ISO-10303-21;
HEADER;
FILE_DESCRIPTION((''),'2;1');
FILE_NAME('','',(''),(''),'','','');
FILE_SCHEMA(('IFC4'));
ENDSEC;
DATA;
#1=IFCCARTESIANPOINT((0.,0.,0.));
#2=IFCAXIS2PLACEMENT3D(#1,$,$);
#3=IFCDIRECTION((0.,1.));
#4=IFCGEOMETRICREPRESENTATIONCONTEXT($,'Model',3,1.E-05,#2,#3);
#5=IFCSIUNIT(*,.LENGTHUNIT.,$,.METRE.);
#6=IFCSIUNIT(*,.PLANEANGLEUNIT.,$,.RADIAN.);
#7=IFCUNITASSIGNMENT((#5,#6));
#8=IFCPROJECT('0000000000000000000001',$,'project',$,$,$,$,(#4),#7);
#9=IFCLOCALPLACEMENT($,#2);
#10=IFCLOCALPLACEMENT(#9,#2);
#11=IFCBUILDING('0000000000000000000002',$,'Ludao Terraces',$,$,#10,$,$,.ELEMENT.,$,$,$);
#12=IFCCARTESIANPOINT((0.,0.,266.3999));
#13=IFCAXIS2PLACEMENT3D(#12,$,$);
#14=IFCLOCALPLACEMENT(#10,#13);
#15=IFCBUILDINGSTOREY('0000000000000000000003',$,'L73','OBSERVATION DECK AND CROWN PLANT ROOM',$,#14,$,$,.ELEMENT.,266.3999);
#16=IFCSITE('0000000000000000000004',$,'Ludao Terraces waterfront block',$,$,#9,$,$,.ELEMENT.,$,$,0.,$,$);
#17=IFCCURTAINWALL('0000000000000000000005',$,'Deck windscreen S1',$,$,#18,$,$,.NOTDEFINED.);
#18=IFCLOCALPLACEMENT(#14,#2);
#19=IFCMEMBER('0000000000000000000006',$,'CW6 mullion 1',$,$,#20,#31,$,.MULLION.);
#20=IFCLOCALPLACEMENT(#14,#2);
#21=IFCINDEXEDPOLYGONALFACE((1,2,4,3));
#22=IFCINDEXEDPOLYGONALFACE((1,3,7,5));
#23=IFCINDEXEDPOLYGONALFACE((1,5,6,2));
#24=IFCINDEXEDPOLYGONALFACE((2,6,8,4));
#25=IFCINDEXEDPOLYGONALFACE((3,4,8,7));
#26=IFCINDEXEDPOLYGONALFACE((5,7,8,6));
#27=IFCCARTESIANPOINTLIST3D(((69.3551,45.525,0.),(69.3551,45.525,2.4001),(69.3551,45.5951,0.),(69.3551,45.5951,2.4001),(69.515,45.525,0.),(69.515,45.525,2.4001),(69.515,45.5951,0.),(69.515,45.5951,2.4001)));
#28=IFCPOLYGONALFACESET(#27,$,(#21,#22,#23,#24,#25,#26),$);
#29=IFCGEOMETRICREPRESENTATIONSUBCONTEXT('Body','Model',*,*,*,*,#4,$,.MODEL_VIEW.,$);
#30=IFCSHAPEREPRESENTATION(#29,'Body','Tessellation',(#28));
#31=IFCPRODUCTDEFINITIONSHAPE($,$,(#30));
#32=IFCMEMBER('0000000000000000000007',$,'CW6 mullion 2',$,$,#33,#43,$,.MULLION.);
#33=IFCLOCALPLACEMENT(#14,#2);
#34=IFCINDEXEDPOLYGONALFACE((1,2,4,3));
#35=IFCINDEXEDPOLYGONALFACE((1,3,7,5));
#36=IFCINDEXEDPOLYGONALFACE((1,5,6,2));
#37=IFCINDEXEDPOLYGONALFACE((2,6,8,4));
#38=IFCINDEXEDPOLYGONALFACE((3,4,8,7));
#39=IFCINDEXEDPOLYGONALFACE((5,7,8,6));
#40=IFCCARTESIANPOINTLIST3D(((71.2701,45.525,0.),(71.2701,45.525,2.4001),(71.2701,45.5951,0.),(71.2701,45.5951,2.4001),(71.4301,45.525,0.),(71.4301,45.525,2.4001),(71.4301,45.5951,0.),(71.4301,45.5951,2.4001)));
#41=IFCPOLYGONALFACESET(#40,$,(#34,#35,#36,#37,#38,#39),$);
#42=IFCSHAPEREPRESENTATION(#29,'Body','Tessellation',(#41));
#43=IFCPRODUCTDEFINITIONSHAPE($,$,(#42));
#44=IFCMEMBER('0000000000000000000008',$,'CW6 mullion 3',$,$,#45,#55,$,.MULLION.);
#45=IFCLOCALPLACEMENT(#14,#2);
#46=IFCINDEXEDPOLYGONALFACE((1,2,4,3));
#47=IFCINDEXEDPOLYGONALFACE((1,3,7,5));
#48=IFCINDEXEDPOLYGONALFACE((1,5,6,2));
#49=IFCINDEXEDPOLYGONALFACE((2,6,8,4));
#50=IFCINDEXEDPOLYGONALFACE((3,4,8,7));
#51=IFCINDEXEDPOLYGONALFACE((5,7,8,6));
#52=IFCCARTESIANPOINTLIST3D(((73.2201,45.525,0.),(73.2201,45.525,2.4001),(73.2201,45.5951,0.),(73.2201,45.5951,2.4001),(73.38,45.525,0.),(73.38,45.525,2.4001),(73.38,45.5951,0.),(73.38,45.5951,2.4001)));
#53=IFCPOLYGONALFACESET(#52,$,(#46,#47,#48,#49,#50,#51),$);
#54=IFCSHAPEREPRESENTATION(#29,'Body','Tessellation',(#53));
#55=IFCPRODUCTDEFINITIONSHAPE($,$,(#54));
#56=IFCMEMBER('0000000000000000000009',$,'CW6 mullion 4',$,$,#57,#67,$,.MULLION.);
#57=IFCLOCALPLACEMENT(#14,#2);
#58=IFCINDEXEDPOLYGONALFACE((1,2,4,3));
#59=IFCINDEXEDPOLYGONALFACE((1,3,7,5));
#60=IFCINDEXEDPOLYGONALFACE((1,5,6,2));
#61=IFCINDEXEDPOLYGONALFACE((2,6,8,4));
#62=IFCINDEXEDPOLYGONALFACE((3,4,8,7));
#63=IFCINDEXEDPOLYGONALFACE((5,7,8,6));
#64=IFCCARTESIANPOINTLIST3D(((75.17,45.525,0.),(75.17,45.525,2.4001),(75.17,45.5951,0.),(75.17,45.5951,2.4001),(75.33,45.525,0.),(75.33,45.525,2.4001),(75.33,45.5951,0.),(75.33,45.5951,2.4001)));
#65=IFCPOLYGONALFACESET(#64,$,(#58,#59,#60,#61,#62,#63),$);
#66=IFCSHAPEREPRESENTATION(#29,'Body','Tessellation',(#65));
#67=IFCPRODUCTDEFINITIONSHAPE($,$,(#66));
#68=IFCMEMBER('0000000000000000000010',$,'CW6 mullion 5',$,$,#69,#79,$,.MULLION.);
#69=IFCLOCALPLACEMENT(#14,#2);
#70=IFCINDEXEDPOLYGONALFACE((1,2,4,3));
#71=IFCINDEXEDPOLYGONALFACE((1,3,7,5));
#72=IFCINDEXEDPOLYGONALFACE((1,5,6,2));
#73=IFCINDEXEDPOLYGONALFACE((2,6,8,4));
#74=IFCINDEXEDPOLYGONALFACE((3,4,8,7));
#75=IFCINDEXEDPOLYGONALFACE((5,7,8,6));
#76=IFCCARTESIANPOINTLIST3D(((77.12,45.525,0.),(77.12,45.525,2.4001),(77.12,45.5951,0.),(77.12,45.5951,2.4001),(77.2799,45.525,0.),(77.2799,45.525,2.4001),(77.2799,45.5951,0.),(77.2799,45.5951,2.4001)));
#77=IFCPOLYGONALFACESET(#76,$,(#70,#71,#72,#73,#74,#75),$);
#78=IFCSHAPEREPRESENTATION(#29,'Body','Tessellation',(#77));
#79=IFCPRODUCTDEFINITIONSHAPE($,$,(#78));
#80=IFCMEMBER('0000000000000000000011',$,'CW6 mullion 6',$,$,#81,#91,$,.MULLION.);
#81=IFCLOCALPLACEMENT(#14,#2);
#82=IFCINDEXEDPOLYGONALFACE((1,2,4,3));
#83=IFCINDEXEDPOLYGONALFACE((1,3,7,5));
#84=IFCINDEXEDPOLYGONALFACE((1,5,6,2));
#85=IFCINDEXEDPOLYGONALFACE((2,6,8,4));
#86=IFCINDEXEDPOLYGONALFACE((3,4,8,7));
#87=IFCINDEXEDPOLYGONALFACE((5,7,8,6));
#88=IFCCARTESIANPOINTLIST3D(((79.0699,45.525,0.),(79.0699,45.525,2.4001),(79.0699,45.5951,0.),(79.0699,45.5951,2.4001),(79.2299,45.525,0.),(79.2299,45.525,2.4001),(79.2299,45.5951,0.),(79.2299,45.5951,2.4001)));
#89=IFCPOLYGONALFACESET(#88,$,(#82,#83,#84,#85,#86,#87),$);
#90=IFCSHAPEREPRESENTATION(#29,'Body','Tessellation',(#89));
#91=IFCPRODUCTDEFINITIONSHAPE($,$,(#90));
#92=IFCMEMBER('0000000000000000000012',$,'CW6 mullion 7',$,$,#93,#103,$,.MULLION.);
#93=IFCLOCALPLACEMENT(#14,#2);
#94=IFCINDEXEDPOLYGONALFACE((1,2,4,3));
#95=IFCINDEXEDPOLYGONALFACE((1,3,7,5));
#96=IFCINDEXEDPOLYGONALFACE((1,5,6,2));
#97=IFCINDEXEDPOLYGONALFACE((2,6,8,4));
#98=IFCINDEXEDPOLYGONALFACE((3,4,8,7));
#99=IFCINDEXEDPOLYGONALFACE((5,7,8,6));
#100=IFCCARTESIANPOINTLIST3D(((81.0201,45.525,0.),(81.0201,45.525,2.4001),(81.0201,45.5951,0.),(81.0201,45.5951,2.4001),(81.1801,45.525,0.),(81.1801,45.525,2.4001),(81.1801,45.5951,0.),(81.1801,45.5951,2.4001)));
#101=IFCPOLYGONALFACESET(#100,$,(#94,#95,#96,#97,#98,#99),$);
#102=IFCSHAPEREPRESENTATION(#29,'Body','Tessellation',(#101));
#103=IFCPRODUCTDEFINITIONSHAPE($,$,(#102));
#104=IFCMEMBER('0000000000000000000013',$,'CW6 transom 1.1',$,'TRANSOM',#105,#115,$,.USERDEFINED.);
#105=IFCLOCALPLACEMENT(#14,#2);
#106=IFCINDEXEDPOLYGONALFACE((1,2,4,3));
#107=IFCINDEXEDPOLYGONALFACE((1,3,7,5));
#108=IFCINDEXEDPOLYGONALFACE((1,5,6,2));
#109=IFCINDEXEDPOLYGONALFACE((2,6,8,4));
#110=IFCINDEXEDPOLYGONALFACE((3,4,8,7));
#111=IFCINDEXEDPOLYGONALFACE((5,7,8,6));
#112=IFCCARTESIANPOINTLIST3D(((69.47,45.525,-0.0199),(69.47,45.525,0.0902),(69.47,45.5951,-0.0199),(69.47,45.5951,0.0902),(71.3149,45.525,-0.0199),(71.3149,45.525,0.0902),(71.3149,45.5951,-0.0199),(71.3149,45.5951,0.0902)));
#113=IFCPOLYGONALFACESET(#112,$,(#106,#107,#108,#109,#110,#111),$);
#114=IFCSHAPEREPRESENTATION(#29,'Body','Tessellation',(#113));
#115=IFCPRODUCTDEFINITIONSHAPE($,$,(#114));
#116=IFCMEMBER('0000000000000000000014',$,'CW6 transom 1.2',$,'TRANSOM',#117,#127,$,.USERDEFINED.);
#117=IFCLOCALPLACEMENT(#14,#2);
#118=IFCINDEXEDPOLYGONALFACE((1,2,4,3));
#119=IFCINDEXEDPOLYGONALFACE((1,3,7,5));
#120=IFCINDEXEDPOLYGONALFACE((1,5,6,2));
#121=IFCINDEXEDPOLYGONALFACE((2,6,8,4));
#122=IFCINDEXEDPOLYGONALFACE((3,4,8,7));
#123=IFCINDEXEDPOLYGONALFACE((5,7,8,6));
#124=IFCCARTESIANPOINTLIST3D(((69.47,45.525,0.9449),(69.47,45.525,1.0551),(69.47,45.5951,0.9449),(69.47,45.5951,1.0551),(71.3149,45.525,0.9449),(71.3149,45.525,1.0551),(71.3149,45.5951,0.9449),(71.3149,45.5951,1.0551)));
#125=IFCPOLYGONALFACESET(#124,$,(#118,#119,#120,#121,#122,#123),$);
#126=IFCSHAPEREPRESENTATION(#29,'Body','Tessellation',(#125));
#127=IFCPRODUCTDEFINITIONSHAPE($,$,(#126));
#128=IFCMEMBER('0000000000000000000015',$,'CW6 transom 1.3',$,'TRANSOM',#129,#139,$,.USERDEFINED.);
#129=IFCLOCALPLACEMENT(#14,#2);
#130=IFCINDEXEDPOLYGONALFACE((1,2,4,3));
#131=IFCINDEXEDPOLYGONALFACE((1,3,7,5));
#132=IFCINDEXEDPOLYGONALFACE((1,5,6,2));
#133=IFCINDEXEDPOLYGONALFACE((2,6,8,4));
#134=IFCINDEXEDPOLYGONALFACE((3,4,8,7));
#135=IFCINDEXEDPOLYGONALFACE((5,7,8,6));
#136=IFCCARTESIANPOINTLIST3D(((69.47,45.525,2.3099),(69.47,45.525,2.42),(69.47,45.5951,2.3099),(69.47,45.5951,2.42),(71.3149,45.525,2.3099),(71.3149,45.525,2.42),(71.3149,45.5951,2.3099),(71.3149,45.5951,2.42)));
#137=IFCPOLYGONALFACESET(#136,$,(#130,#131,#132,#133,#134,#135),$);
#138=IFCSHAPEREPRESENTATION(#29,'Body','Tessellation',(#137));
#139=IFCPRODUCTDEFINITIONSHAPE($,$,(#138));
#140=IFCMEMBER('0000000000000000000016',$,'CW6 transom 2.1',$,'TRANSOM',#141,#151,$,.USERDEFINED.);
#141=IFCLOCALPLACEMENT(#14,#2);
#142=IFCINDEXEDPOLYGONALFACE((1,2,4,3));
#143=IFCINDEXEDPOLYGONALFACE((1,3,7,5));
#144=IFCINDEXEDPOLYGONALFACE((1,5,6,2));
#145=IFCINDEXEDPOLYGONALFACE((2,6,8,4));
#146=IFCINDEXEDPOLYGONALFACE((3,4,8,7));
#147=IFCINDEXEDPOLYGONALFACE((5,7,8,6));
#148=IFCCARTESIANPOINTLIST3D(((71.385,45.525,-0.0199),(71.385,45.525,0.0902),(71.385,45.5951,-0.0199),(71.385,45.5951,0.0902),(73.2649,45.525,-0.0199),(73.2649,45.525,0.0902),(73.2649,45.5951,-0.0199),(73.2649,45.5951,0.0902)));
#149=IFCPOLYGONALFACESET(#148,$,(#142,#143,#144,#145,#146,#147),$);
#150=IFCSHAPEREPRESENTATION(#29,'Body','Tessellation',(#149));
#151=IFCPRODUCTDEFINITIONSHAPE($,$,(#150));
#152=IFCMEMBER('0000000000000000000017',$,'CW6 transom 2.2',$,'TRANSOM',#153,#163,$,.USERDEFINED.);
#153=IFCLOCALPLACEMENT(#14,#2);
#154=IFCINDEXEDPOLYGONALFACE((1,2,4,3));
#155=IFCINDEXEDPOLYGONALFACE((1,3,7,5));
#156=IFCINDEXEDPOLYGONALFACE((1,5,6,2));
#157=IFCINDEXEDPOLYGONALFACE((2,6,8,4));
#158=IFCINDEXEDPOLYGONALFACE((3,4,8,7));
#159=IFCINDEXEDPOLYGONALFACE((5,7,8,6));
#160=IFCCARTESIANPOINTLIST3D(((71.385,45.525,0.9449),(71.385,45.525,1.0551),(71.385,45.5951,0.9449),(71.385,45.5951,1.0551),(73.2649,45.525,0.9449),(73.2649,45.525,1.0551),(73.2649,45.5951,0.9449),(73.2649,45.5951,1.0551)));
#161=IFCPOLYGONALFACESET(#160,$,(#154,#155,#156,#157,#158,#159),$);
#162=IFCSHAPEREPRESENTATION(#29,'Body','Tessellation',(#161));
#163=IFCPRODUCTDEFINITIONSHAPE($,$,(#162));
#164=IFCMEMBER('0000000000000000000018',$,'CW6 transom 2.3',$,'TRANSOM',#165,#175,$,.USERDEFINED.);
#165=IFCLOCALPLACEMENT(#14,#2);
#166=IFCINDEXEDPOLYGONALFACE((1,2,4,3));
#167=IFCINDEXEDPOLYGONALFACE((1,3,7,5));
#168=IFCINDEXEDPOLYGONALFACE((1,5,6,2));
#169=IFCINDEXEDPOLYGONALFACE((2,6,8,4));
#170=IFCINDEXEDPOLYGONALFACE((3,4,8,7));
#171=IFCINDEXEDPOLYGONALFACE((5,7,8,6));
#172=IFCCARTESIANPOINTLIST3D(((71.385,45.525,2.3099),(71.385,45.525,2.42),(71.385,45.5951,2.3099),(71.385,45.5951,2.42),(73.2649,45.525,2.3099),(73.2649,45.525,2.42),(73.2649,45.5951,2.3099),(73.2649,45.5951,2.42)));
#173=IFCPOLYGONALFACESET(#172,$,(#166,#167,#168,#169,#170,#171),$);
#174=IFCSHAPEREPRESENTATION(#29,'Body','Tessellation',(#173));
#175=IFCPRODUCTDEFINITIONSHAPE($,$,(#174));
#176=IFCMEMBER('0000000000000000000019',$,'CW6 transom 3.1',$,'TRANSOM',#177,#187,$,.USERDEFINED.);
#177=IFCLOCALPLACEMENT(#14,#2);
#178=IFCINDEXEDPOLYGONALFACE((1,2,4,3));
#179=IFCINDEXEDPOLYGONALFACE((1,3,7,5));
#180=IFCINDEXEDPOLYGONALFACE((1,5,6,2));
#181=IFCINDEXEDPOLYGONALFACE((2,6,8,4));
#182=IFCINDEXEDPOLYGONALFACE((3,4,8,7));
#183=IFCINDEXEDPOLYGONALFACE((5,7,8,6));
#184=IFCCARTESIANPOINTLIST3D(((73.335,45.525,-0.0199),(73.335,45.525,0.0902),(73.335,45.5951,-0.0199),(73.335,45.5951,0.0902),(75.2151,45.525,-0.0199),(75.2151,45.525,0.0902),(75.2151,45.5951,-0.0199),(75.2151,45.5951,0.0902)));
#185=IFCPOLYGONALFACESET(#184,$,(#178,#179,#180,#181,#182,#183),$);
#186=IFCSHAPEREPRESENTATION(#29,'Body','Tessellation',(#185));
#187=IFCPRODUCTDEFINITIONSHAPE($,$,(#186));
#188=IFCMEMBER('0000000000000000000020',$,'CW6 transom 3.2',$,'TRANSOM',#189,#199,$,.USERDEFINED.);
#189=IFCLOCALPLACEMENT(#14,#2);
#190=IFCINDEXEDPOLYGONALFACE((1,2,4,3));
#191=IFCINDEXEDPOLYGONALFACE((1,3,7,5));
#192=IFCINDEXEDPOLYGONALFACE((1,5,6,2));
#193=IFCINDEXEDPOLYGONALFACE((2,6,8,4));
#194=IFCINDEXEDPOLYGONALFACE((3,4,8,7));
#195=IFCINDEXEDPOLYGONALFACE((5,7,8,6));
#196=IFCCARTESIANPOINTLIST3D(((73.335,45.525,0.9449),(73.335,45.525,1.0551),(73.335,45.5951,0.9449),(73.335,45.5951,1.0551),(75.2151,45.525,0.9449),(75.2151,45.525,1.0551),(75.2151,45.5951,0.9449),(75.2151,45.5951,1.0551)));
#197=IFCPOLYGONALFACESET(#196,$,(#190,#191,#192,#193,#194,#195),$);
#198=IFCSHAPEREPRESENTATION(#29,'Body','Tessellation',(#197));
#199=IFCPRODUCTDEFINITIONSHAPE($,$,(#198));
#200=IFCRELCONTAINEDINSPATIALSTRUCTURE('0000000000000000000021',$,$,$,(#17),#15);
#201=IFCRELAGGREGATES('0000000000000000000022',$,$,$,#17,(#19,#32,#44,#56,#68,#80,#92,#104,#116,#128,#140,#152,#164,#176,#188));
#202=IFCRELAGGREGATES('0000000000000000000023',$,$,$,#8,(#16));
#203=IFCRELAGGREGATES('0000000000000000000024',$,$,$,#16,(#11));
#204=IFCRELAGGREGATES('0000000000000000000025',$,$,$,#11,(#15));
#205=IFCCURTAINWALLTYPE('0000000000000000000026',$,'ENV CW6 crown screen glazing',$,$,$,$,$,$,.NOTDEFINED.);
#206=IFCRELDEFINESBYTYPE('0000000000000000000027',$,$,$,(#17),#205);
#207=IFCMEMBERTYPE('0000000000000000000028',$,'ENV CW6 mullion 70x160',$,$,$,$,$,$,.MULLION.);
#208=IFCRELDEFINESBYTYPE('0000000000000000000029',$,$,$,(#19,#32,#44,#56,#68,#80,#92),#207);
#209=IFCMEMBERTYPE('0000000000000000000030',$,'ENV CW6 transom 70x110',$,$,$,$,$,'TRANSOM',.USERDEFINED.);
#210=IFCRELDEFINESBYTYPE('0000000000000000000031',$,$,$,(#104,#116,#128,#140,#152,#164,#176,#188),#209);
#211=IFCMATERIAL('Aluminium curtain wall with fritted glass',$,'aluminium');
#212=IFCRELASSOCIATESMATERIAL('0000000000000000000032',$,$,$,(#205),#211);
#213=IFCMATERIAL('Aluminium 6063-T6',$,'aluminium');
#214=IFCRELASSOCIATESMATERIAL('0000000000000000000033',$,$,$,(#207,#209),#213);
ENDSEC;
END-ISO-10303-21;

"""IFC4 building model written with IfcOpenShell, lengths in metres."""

from ifc_helpers import new_model, si_unit, direction, frame, origin, origin_2d, place, context, subcontext, project, spatial, rectangle, extrude, material, material_profile, profile_set, type_object, element, aggregate, save


model = new_model("IFC4")

# Units and contexts
model_context = context("Model", 3, precision=1e-05, world=origin(), true_north=direction((0.0, 1.0)))
body_context = subcontext(model_context, "Body", "Model", "MODEL_VIEW")
ifc_project = project(units=[si_unit("LENGTHUNIT", "METRE"), si_unit("PLANEANGLEUNIT", "RADIAN")], contexts=[model_context])

# Site, building, storey
site_placement = place(None, origin())
site = spatial("IfcSite", under=ifc_project, at=site_placement, Name="Ludao Terraces waterfront block", CompositionType="ELEMENT", RefElevation=0.0)
building_placement = place(site_placement, origin())
building = spatial("IfcBuilding", under=site, at=building_placement, Name="Ludao Terraces", CompositionType="ELEMENT")
storey_placement = place(building_placement, frame((0.0, 0.0, 266.3999)))
storey = spatial("IfcBuildingStorey", under=building, at=storey_placement, Name="L73", Description="OBSERVATION DECK AND CROWN PLANT ROOM", CompositionType="ELEMENT", Elevation=266.3999)

# Curtain wall, members
ifc_material_1 = material(Name="Aluminium curtain wall with fritted glass", Category="aluminium")
curtain_wall_type = type_object("IfcCurtainWallType", Name="ENV CW6 crown screen glazing", PredefinedType="NOTDEFINED", material=ifc_material_1)
curtain_wall_placement = place(storey_placement, origin())
curtain_wall = element("IfcCurtainWall", 1, at=curtain_wall_placement, inside=storey, type_object=curtain_wall_type, Name="Deck windscreen S1", PredefinedType="NOTDEFINED")
ifc_material_2 = material(Name="Aluminium 6063-T6", Category="aluminium")
ifc_material_profile_1 = material_profile(ifc_material_2, rectangle(XDim=0.0701, YDim=0.1599, at=origin_2d()), Name="70 X 160")
ifc_profile_set_1 = profile_set([ifc_material_profile_1], Name="Aluminium 6063-T6")
member_type_1 = type_object("IfcMemberType", Name="ENV CW6 mullion 70x160", PredefinedType="MULLION", material=ifc_profile_set_1)
member_1_placement = place(storey_placement, frame((69.4351, 45.5601, 0.0), z_axis=(0.0, 0.0, 1.0), x_axis=(0.0, 1.0, 0.0)))
member_1 = element("IfcMember", 2, at=member_1_placement, type_object=member_type_1, Name="CW6 mullion 1", PredefinedType="MULLION", context=body_context, shape_type="SweptSolid", body=[
    extrude(rectangle(XDim=0.0701, YDim=0.1599, at=origin_2d()), origin(), (0.0, 0.0, 1.0), 2.4001),
])
member_2_placement = place(storey_placement, frame((71.3501, 45.5601, 0.0), z_axis=(0.0, 0.0, 1.0), x_axis=(0.0, 1.0, 0.0)))
member_2 = element("IfcMember", 3, at=member_2_placement, type_object=member_type_1, Name="CW6 mullion 2", PredefinedType="MULLION", context=body_context, shape_type="SweptSolid", body=[
    extrude(rectangle(XDim=0.0701, YDim=0.1599, at=origin_2d()), origin(), (0.0, 0.0, 1.0), 2.4001),
])
member_3_placement = place(storey_placement, frame((73.3, 45.5601, 0.0), z_axis=(0.0, 0.0, 1.0), x_axis=(0.0, 1.0, 0.0)))
member_3 = element("IfcMember", 4, at=member_3_placement, type_object=member_type_1, Name="CW6 mullion 3", PredefinedType="MULLION", context=body_context, shape_type="SweptSolid", body=[
    extrude(rectangle(XDim=0.0701, YDim=0.1599, at=origin_2d()), origin(), (0.0, 0.0, 1.0), 2.4001),
])
member_4_placement = place(storey_placement, frame((75.25, 45.5601, 0.0), z_axis=(0.0, 0.0, 1.0), x_axis=(0.0, 1.0, 0.0)))
member_4 = element("IfcMember", 5, at=member_4_placement, type_object=member_type_1, Name="CW6 mullion 4", PredefinedType="MULLION", context=body_context, shape_type="SweptSolid", body=[
    extrude(rectangle(XDim=0.0701, YDim=0.1599, at=origin_2d()), origin(), (0.0, 0.0, 1.0), 2.4001),
])
member_5_placement = place(storey_placement, frame((77.2, 45.5601, 0.0), z_axis=(0.0, 0.0, 1.0), x_axis=(0.0, 1.0, 0.0)))
member_5 = element("IfcMember", 6, at=member_5_placement, type_object=member_type_1, Name="CW6 mullion 5", PredefinedType="MULLION", context=body_context, shape_type="SweptSolid", body=[
    extrude(rectangle(XDim=0.0701, YDim=0.1599, at=origin_2d()), origin(), (0.0, 0.0, 1.0), 2.4001),
])
member_6_placement = place(storey_placement, frame((79.1499, 45.5601, 0.0), z_axis=(0.0, 0.0, 1.0), x_axis=(0.0, 1.0, 0.0)))
member_6 = element("IfcMember", 7, at=member_6_placement, type_object=member_type_1, Name="CW6 mullion 6", PredefinedType="MULLION", context=body_context, shape_type="SweptSolid", body=[
    extrude(rectangle(XDim=0.0701, YDim=0.1599, at=origin_2d()), origin(), (0.0, 0.0, 1.0), 2.4001),
])
member_7_placement = place(storey_placement, frame((81.1001, 45.5601, 0.0), z_axis=(0.0, 0.0, 1.0), x_axis=(0.0, 1.0, 0.0)))
member_7 = element("IfcMember", 8, at=member_7_placement, type_object=member_type_1, Name="CW6 mullion 7", PredefinedType="MULLION", context=body_context, shape_type="SweptSolid", body=[
    extrude(rectangle(XDim=0.0701, YDim=0.1599, at=origin_2d()), origin(), (0.0, 0.0, 1.0), 2.4001),
])
ifc_material_profile_2 = material_profile(ifc_material_2, rectangle(XDim=0.0701, YDim=0.1101, at=origin_2d()), Name="70 X 110")
ifc_profile_set_2 = profile_set([ifc_material_profile_2], Name="Aluminium 6063-T6")
member_type_2 = type_object("IfcMemberType", Name="ENV CW6 transom 70x110", ElementType="TRANSOM", PredefinedType="USERDEFINED", material=ifc_profile_set_2)
member_8_placement = place(storey_placement, frame((69.47, 45.5601, 0.0352), z_axis=(1.0, 0.0, 0.0), x_axis=(0.0, 1.0, 0.0)))
member_8 = element("IfcMember", 9, at=member_8_placement, type_object=member_type_2, Name="CW6 transom 1.1", ObjectType="TRANSOM", PredefinedType="USERDEFINED", context=body_context, shape_type="SweptSolid", body=[
    extrude(rectangle(XDim=0.0701, YDim=0.1101, at=origin_2d()), origin(), (0.0, 0.0, 1.0), 1.845),
])
member_9_placement = place(storey_placement, frame((69.47, 45.5601, 1.0), z_axis=(1.0, 0.0, 0.0), x_axis=(0.0, 1.0, 0.0)))
member_9 = element("IfcMember", 10, at=member_9_placement, type_object=member_type_2, Name="CW6 transom 1.2", ObjectType="TRANSOM", PredefinedType="USERDEFINED", context=body_context, shape_type="SweptSolid", body=[
    extrude(rectangle(XDim=0.0701, YDim=0.1101, at=origin_2d()), origin(), (0.0, 0.0, 1.0), 1.845),
])
member_10_placement = place(storey_placement, frame((69.47, 45.5601, 2.365), z_axis=(1.0, 0.0, 0.0), x_axis=(0.0, 1.0, 0.0)))
member_10 = element("IfcMember", 11, at=member_10_placement, type_object=member_type_2, Name="CW6 transom 1.3", ObjectType="TRANSOM", PredefinedType="USERDEFINED", context=body_context, shape_type="SweptSolid", body=[
    extrude(rectangle(XDim=0.0701, YDim=0.1101, at=origin_2d()), origin(), (0.0, 0.0, 1.0), 1.845),
])
member_11_placement = place(storey_placement, frame((71.385, 45.5601, 0.0352), z_axis=(1.0, 0.0, 0.0), x_axis=(0.0, 1.0, 0.0)))
member_11 = element("IfcMember", 12, at=member_11_placement, type_object=member_type_2, Name="CW6 transom 2.1", ObjectType="TRANSOM", PredefinedType="USERDEFINED", context=body_context, shape_type="SweptSolid", body=[
    extrude(rectangle(XDim=0.0701, YDim=0.1101, at=origin_2d()), origin(), (0.0, 0.0, 1.0), 1.8799),
])
member_12_placement = place(storey_placement, frame((71.385, 45.5601, 1.0), z_axis=(1.0, 0.0, 0.0), x_axis=(0.0, 1.0, 0.0)))
member_12 = element("IfcMember", 13, at=member_12_placement, type_object=member_type_2, Name="CW6 transom 2.2", ObjectType="TRANSOM", PredefinedType="USERDEFINED", context=body_context, shape_type="SweptSolid", body=[
    extrude(rectangle(XDim=0.0701, YDim=0.1101, at=origin_2d()), origin(), (0.0, 0.0, 1.0), 1.8799),
])
member_13_placement = place(storey_placement, frame((71.385, 45.5601, 2.365), z_axis=(1.0, 0.0, 0.0), x_axis=(0.0, 1.0, 0.0)))
member_13 = element("IfcMember", 14, at=member_13_placement, type_object=member_type_2, Name="CW6 transom 2.3", ObjectType="TRANSOM", PredefinedType="USERDEFINED", context=body_context, shape_type="SweptSolid", body=[
    extrude(rectangle(XDim=0.0701, YDim=0.1101, at=origin_2d()), origin(), (0.0, 0.0, 1.0), 1.8799),
])
member_14_placement = place(storey_placement, frame((73.335, 45.5601, 0.0352), z_axis=(1.0, 0.0, 0.0), x_axis=(0.0, 1.0, 0.0)))
member_14 = element("IfcMember", 15, at=member_14_placement, type_object=member_type_2, Name="CW6 transom 3.1", ObjectType="TRANSOM", PredefinedType="USERDEFINED", context=body_context, shape_type="SweptSolid", body=[
    extrude(rectangle(XDim=0.0701, YDim=0.1101, at=origin_2d()), origin(), (0.0, 0.0, 1.0), 1.8801),
])
member_15_placement = place(storey_placement, frame((73.335, 45.5601, 1.0), z_axis=(1.0, 0.0, 0.0), x_axis=(0.0, 1.0, 0.0)))
member_15 = element("IfcMember", 16, at=member_15_placement, type_object=member_type_2, Name="CW6 transom 3.2", ObjectType="TRANSOM", PredefinedType="USERDEFINED", context=body_context, shape_type="SweptSolid", body=[
    extrude(rectangle(XDim=0.0701, YDim=0.1101, at=origin_2d()), origin(), (0.0, 0.0, 1.0), 1.8801),
])
aggregate(curtain_wall, [member_1, member_2, member_3, member_4, member_5, member_6, member_7, member_8, member_9, member_10, member_11, member_12, member_13, member_14, member_15])

save(model, "model.ifc")
